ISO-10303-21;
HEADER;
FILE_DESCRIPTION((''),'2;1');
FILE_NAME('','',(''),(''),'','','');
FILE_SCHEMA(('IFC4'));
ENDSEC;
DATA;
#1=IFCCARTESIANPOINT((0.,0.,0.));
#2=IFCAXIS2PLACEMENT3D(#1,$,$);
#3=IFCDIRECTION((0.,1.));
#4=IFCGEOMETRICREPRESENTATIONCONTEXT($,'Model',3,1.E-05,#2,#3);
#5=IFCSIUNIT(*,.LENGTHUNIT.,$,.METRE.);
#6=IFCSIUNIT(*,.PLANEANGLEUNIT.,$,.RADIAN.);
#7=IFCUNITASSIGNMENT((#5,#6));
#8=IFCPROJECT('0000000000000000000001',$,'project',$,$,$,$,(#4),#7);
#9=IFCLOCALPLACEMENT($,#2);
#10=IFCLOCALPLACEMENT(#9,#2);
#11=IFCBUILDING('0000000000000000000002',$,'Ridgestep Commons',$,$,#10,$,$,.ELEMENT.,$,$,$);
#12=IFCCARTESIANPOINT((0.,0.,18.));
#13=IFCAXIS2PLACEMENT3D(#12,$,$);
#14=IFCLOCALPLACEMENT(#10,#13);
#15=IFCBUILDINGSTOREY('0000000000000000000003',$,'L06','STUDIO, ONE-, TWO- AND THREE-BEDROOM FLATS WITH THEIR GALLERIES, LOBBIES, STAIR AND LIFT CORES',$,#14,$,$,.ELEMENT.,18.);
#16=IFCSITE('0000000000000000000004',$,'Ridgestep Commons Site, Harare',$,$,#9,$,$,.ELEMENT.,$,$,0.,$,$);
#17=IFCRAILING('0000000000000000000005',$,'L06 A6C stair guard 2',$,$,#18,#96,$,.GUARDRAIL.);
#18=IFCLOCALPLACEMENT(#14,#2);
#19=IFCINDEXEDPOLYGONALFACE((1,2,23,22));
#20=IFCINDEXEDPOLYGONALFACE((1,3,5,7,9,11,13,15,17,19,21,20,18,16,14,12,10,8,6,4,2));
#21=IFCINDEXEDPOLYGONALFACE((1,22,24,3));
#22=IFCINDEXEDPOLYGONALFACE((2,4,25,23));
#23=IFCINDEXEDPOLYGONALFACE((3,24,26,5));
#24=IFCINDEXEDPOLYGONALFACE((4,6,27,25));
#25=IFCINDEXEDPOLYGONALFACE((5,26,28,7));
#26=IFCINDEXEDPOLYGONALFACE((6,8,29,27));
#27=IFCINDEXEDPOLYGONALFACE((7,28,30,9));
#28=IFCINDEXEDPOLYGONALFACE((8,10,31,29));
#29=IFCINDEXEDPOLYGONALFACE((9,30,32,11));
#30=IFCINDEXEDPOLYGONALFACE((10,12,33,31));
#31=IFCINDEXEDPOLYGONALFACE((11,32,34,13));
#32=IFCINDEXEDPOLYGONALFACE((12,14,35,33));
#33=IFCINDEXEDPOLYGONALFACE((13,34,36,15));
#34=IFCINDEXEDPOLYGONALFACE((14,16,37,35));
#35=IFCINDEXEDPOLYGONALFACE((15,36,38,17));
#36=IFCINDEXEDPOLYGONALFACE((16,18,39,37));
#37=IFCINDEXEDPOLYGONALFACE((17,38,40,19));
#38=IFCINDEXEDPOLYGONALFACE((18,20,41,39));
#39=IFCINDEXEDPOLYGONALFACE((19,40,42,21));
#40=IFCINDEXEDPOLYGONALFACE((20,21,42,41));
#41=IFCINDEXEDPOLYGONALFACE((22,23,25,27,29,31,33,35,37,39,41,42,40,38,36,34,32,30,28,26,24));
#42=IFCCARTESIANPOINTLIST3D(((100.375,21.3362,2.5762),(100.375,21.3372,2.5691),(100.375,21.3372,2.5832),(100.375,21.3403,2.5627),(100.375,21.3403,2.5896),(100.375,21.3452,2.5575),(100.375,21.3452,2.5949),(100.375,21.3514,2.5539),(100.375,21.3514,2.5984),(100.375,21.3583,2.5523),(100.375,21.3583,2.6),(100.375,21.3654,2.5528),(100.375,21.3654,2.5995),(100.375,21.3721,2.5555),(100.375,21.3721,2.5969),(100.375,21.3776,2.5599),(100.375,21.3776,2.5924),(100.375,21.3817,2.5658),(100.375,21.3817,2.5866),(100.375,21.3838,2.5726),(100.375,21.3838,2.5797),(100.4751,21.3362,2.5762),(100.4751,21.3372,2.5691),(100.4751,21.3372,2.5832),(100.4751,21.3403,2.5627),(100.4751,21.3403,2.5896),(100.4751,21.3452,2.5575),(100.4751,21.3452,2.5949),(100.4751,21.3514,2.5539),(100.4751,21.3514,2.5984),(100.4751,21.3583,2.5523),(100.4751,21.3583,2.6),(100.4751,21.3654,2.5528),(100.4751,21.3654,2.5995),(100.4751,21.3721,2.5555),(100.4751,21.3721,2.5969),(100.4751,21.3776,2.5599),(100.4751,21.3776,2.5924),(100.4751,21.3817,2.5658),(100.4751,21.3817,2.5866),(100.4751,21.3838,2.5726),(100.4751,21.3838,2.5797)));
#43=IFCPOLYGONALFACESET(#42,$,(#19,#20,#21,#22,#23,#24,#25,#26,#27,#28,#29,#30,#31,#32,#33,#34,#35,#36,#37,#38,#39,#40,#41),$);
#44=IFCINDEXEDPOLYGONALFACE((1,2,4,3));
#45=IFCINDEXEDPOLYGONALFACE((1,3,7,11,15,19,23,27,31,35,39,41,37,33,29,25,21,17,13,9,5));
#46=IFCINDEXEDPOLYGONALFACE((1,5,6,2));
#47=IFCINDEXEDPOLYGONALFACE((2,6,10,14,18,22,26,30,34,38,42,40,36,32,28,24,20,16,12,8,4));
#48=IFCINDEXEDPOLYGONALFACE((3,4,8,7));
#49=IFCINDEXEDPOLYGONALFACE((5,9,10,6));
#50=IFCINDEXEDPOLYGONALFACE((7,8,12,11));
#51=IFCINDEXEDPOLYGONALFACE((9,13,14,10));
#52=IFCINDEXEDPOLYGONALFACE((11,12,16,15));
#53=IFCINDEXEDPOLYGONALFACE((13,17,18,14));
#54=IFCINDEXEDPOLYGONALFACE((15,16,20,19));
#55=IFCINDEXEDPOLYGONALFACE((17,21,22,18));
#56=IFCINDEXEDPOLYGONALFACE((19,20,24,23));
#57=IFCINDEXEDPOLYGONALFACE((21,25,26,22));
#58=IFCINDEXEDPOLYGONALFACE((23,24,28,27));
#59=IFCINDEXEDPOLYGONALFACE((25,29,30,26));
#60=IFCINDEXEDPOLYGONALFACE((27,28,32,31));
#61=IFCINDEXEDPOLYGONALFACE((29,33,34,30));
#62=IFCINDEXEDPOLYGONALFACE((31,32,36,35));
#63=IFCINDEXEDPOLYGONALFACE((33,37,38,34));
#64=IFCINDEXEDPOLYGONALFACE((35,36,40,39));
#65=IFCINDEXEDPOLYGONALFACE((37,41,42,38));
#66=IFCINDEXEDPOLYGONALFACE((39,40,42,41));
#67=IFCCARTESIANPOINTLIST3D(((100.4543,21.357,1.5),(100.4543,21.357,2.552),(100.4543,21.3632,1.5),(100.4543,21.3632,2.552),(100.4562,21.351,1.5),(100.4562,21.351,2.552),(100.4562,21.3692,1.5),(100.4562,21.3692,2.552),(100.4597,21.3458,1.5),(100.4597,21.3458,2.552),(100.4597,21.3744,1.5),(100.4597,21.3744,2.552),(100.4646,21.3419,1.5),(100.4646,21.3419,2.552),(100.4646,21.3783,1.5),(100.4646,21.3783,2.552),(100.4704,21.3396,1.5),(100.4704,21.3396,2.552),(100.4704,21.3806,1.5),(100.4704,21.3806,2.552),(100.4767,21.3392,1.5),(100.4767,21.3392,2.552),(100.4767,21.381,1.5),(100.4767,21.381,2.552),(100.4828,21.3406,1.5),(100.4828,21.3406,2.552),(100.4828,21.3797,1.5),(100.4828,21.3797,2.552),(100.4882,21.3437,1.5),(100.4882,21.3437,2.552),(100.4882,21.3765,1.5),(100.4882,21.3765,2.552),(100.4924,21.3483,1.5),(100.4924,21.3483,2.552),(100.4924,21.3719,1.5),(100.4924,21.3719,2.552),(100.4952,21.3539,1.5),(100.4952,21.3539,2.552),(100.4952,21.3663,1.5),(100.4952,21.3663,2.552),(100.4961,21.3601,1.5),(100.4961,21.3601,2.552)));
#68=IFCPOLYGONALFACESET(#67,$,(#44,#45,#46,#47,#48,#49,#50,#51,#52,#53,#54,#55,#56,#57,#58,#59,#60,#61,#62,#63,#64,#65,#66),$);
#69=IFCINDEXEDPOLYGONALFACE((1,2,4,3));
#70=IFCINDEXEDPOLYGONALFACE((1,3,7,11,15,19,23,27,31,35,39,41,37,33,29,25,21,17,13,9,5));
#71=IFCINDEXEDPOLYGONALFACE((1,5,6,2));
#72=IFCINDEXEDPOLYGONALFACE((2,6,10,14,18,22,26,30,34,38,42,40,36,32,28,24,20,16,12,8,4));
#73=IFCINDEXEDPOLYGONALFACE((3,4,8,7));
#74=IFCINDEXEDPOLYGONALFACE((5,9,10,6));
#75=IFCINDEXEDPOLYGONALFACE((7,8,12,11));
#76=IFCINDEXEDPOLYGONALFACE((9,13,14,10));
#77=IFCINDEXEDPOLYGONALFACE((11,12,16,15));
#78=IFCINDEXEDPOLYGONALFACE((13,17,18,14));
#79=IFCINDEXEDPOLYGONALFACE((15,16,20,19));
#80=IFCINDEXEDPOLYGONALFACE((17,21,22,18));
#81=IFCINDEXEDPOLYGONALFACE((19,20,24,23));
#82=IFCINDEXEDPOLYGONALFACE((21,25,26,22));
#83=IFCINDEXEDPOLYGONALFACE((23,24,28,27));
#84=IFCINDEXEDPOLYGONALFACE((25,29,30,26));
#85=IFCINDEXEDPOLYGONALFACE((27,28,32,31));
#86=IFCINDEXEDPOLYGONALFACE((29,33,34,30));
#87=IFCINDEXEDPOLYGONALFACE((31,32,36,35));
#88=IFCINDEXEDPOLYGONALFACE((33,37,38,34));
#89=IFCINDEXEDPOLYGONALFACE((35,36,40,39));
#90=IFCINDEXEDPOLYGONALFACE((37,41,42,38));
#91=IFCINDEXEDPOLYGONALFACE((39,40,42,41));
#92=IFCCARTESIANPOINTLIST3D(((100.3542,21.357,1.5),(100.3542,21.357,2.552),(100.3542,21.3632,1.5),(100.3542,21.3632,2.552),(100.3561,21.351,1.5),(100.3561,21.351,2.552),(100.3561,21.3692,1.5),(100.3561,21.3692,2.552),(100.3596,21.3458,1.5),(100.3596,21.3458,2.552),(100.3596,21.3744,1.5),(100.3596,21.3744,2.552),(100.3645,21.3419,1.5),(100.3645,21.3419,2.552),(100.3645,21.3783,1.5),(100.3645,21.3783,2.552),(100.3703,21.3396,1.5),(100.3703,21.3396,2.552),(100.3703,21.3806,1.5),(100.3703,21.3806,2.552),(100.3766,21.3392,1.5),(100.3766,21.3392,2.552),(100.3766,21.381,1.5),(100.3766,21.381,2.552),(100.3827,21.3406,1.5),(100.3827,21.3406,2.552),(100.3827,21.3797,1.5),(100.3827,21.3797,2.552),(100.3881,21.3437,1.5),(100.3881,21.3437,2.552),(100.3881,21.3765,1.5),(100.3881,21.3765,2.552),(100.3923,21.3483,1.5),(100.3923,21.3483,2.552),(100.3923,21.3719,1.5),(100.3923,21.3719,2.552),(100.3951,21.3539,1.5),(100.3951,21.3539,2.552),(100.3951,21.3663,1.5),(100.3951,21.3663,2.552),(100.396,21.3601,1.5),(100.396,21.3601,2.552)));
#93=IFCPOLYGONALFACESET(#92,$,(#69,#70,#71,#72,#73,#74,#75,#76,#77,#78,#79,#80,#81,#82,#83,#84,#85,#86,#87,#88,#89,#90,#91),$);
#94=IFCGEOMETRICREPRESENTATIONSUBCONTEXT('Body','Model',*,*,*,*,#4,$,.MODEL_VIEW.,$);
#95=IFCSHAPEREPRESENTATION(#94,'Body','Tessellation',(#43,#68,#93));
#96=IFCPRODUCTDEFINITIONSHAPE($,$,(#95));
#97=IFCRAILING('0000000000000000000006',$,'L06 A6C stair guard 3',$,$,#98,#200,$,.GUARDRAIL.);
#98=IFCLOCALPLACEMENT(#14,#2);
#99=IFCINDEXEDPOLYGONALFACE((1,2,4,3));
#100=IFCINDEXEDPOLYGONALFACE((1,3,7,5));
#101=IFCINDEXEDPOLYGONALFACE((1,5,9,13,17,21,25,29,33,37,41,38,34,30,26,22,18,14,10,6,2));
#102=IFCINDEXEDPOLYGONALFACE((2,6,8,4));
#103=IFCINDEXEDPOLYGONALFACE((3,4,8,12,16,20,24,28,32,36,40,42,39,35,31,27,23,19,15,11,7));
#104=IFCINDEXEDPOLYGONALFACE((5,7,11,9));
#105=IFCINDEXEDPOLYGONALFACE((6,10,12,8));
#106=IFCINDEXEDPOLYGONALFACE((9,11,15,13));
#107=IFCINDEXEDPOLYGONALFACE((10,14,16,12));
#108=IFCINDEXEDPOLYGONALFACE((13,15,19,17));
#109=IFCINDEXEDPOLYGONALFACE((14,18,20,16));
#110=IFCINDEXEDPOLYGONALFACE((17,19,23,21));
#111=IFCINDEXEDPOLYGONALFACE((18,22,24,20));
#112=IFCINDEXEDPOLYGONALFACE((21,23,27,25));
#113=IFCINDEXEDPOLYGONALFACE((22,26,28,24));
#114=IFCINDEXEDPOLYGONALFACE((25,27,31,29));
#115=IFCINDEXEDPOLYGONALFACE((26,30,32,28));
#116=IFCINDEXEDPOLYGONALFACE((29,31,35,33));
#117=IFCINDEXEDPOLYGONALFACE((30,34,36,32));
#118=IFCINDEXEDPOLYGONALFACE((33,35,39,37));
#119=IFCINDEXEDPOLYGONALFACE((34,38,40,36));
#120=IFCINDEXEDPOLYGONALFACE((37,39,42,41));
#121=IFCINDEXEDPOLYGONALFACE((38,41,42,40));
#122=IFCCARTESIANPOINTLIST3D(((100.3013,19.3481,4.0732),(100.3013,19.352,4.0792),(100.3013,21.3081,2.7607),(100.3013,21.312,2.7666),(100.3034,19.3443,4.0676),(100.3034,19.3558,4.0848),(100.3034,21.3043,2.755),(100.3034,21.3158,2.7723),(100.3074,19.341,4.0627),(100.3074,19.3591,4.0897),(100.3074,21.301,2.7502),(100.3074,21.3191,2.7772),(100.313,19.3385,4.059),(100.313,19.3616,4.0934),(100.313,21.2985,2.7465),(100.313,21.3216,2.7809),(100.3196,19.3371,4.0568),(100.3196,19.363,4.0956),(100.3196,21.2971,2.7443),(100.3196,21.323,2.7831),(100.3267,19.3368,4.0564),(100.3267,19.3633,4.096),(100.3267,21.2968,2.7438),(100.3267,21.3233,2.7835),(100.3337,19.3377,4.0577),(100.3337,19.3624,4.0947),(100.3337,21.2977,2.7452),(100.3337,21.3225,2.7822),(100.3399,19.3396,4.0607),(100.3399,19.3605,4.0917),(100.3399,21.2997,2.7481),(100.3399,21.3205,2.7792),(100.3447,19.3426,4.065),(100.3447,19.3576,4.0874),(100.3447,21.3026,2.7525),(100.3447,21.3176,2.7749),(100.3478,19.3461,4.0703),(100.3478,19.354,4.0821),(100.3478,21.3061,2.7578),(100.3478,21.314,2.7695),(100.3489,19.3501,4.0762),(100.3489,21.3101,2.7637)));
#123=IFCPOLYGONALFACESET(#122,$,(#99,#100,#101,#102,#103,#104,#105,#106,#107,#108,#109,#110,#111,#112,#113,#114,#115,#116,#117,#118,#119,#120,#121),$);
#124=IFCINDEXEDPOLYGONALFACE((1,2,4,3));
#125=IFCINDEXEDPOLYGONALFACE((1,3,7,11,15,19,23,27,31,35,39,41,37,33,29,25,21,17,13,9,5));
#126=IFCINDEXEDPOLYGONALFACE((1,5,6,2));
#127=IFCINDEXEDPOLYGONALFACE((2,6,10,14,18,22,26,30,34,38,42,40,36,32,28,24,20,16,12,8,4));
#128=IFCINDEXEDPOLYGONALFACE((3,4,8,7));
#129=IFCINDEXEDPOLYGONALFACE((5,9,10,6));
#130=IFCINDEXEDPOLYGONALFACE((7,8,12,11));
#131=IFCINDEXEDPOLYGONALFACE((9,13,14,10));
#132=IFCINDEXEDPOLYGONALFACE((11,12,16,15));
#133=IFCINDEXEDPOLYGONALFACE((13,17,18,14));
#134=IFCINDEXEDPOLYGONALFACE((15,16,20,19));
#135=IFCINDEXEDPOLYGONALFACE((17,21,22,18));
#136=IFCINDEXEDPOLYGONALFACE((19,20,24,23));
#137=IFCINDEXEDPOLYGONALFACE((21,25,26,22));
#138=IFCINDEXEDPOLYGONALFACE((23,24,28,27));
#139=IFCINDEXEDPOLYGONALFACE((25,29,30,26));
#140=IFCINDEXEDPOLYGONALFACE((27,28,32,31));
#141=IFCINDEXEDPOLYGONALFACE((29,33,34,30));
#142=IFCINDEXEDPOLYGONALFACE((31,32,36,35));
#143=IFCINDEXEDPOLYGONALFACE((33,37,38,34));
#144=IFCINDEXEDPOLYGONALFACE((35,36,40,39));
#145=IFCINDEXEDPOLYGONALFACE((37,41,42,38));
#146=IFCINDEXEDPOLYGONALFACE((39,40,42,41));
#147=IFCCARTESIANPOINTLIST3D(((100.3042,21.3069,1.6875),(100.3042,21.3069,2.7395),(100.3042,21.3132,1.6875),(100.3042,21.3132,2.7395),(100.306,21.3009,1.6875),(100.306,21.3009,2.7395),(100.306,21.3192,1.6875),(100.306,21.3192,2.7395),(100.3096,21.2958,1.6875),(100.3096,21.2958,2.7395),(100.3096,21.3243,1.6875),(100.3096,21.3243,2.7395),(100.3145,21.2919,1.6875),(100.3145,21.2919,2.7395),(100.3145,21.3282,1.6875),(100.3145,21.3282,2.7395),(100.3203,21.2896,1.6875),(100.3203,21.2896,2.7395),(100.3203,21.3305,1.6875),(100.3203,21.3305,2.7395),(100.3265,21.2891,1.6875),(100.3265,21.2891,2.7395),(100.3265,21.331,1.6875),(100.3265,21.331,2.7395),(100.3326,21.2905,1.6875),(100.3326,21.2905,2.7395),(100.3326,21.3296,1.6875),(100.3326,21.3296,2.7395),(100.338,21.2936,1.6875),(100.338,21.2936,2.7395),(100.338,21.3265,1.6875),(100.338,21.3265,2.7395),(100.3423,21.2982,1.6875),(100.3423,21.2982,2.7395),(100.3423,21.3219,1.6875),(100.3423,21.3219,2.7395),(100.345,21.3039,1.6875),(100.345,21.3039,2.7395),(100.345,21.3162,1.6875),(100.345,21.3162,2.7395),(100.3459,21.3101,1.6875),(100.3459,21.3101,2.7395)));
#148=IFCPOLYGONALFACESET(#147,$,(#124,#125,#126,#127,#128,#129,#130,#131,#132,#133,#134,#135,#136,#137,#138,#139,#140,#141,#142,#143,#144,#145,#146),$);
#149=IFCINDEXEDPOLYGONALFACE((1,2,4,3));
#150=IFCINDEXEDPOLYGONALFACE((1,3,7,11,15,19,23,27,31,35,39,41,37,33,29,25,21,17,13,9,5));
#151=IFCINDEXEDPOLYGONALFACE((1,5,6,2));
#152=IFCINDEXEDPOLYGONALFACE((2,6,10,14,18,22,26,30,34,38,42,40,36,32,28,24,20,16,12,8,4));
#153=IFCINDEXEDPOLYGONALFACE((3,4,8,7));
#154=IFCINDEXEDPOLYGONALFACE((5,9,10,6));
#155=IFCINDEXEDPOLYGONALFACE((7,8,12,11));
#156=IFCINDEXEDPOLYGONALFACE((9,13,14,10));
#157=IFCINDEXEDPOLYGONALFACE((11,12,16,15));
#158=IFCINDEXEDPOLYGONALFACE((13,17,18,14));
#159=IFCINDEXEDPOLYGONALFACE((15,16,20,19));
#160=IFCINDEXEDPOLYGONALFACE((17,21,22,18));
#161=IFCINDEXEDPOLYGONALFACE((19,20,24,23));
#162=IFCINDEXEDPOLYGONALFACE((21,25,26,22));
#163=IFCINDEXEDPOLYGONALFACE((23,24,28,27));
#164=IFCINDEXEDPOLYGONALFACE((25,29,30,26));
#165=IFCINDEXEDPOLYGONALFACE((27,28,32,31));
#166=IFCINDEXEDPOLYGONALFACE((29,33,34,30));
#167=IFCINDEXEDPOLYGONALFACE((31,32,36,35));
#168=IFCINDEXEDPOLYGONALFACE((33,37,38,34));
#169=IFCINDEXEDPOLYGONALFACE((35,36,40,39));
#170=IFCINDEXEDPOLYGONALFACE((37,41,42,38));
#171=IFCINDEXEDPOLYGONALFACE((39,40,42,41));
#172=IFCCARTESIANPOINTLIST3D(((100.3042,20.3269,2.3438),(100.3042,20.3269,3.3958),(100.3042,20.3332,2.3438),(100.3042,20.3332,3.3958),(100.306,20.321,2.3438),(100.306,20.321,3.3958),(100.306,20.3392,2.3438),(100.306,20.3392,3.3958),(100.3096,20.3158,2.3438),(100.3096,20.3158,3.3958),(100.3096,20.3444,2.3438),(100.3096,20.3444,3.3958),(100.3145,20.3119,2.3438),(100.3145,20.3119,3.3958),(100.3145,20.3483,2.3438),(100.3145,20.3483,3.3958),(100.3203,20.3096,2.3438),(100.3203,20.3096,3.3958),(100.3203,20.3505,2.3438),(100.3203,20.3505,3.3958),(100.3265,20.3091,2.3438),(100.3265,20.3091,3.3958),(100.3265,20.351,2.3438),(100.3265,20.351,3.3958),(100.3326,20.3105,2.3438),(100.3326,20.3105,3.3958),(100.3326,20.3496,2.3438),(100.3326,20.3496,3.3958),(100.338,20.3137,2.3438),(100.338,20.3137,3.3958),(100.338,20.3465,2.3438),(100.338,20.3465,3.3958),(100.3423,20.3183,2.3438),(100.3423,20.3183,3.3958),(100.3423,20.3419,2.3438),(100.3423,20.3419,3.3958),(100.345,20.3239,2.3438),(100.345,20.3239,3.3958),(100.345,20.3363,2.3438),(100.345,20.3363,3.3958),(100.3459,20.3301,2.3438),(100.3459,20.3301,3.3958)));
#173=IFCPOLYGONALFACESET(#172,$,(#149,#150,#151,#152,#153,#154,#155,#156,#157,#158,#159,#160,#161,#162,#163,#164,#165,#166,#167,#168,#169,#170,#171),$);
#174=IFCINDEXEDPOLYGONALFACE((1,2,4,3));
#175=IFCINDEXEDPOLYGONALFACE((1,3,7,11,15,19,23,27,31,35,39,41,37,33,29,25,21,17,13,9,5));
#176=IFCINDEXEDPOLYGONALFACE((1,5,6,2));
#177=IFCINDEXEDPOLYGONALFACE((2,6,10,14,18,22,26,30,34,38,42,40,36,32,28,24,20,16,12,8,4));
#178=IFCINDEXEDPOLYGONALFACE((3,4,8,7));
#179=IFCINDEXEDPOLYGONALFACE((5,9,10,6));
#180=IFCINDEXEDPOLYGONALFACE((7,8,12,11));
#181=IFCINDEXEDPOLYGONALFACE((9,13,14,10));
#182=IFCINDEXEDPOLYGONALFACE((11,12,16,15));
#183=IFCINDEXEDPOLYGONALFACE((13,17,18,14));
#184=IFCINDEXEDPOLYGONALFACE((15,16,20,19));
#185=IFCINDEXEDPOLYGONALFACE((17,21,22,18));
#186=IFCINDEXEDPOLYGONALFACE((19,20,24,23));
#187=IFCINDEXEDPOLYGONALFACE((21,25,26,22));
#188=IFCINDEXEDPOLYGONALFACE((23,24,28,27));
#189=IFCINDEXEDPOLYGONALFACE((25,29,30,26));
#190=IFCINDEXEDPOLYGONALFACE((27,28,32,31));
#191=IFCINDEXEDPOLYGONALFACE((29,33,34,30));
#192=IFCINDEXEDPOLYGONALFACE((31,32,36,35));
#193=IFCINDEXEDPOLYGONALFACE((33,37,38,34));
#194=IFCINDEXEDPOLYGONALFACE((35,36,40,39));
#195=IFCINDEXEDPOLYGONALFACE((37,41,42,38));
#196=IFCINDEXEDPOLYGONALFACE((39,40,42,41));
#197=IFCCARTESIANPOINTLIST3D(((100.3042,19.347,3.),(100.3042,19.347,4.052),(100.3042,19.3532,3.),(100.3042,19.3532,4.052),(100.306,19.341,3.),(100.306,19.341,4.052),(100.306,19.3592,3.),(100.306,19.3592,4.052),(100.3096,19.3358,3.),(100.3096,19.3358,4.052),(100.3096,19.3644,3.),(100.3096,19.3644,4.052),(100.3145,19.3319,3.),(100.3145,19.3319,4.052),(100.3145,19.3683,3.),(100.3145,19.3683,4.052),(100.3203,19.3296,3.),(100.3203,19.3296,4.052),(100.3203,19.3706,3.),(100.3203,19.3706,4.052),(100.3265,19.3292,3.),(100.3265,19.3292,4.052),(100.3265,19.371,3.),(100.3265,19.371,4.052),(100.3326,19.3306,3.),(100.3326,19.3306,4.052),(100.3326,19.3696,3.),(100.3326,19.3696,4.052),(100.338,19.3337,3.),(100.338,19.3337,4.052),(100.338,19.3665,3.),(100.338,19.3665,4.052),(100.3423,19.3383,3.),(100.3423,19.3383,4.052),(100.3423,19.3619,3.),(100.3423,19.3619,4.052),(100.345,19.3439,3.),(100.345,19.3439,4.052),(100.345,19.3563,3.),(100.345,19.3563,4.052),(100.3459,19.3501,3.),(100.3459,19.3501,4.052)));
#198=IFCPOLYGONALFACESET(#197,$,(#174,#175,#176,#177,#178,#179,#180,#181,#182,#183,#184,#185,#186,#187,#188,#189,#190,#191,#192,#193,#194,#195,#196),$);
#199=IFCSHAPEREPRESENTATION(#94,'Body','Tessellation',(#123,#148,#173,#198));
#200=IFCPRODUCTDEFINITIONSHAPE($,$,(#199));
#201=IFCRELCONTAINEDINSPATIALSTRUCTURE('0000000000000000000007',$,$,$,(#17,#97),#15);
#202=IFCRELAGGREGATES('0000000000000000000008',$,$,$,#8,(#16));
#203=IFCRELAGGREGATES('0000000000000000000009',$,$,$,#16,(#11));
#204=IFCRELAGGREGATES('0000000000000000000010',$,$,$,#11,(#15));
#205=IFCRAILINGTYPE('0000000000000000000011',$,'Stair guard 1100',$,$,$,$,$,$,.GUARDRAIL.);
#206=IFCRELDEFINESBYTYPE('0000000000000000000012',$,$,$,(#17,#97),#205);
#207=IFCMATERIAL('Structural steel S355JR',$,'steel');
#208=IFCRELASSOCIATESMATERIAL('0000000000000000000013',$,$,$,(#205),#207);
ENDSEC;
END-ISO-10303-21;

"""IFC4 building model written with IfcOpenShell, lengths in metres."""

from ifc_helpers import new_model, si_unit, direction, frame, origin, origin_2d, place, context, subcontext, project, spatial, circle, extrude, material, type_object, element, save


model = new_model("IFC4")

# Units and contexts
model_context = context("Model", 3, precision=1e-05, world=origin(), true_north=direction((0.0, 1.0)))
body_context = subcontext(model_context, "Body", "Model", "MODEL_VIEW")
ifc_project = project(units=[si_unit("LENGTHUNIT", "METRE"), si_unit("PLANEANGLEUNIT", "RADIAN")], contexts=[model_context])

# Site, building, storey
site_placement = place(None, origin())
site = spatial("IfcSite", under=ifc_project, at=site_placement, Name="Ridgestep Commons Site, Harare", CompositionType="ELEMENT", RefElevation=0.0)
building_placement = place(site_placement, origin())
building = spatial("IfcBuilding", under=site, at=building_placement, Name="Ridgestep Commons", CompositionType="ELEMENT")
storey_placement = place(building_placement, frame((0.0, 0.0, 18.0)))
storey = spatial("IfcBuildingStorey", under=building, at=storey_placement, Name="L06", Description="STUDIO, ONE-, TWO- AND THREE-BEDROOM FLATS WITH THEIR GALLERIES, LOBBIES, STAIR AND LIFT CORES", CompositionType="ELEMENT", Elevation=18.0)

# Railings
ifc_material_1 = material(Name="Structural steel S355JR", Category="steel")
railing_type_1 = type_object("IfcRailingType", Name="Stair guard 1100", PredefinedType="GUARDRAIL", material=ifc_material_1)
railing_1_placement = place(storey_placement, frame((100.4751, 21.3601, 1.5)))
element("IfcRailing", 1, at=railing_1_placement, inside=storey, type_object=railing_type_1, Name="L06 A6C stair guard 2", PredefinedType="GUARDRAIL", context=body_context, shape_type="SweptSolid", body=[
    extrude(circle(Radius=0.0239, at=origin_2d()), frame((0.0, 0.0, 1.0762), z_axis=(-1.0, 0.0, 0.0), x_axis=(0.0, -1.0, 0.0)), (0.0, 0.0, 1.0), 0.1001),
    extrude(circle(Radius=0.021, at=origin_2d()), origin(), (0.0, 0.0, 1.0), 1.052),
    extrude(circle(Radius=0.021, at=origin_2d()), frame((-0.1001, 0.0, 0.0)), (0.0, 0.0, 1.0), 1.052),
])
railing_2_placement = place(storey_placement, frame((100.325, 21.3101, 1.6875)))
element("IfcRailing", 2, at=railing_2_placement, inside=storey, type_object=railing_type_1, Name="L06 A6C stair guard 3", PredefinedType="GUARDRAIL", context=body_context, shape_type="SweptSolid", body=[
    extrude(circle(Radius=0.0239, at=origin_2d()), frame((0.0, 0.0, 1.0762), z_axis=(0.0, -0.830902, 0.556419), x_axis=(1.0, 0.0, 0.0)), (0.0, 0.0, 1.0), 2.3589),
    extrude(circle(Radius=0.021, at=origin_2d()), origin(), (0.0, 0.0, 1.0), 1.052),
    extrude(circle(Radius=0.021, at=origin_2d()), frame((0.0, -0.98, 0.6562)), (0.0, 0.0, 1.0), 1.052),
    extrude(circle(Radius=0.021, at=origin_2d()), frame((0.0, -1.96, 1.3125)), (0.0, 0.0, 1.0), 1.052),
])

save(model, "model.ifc")
